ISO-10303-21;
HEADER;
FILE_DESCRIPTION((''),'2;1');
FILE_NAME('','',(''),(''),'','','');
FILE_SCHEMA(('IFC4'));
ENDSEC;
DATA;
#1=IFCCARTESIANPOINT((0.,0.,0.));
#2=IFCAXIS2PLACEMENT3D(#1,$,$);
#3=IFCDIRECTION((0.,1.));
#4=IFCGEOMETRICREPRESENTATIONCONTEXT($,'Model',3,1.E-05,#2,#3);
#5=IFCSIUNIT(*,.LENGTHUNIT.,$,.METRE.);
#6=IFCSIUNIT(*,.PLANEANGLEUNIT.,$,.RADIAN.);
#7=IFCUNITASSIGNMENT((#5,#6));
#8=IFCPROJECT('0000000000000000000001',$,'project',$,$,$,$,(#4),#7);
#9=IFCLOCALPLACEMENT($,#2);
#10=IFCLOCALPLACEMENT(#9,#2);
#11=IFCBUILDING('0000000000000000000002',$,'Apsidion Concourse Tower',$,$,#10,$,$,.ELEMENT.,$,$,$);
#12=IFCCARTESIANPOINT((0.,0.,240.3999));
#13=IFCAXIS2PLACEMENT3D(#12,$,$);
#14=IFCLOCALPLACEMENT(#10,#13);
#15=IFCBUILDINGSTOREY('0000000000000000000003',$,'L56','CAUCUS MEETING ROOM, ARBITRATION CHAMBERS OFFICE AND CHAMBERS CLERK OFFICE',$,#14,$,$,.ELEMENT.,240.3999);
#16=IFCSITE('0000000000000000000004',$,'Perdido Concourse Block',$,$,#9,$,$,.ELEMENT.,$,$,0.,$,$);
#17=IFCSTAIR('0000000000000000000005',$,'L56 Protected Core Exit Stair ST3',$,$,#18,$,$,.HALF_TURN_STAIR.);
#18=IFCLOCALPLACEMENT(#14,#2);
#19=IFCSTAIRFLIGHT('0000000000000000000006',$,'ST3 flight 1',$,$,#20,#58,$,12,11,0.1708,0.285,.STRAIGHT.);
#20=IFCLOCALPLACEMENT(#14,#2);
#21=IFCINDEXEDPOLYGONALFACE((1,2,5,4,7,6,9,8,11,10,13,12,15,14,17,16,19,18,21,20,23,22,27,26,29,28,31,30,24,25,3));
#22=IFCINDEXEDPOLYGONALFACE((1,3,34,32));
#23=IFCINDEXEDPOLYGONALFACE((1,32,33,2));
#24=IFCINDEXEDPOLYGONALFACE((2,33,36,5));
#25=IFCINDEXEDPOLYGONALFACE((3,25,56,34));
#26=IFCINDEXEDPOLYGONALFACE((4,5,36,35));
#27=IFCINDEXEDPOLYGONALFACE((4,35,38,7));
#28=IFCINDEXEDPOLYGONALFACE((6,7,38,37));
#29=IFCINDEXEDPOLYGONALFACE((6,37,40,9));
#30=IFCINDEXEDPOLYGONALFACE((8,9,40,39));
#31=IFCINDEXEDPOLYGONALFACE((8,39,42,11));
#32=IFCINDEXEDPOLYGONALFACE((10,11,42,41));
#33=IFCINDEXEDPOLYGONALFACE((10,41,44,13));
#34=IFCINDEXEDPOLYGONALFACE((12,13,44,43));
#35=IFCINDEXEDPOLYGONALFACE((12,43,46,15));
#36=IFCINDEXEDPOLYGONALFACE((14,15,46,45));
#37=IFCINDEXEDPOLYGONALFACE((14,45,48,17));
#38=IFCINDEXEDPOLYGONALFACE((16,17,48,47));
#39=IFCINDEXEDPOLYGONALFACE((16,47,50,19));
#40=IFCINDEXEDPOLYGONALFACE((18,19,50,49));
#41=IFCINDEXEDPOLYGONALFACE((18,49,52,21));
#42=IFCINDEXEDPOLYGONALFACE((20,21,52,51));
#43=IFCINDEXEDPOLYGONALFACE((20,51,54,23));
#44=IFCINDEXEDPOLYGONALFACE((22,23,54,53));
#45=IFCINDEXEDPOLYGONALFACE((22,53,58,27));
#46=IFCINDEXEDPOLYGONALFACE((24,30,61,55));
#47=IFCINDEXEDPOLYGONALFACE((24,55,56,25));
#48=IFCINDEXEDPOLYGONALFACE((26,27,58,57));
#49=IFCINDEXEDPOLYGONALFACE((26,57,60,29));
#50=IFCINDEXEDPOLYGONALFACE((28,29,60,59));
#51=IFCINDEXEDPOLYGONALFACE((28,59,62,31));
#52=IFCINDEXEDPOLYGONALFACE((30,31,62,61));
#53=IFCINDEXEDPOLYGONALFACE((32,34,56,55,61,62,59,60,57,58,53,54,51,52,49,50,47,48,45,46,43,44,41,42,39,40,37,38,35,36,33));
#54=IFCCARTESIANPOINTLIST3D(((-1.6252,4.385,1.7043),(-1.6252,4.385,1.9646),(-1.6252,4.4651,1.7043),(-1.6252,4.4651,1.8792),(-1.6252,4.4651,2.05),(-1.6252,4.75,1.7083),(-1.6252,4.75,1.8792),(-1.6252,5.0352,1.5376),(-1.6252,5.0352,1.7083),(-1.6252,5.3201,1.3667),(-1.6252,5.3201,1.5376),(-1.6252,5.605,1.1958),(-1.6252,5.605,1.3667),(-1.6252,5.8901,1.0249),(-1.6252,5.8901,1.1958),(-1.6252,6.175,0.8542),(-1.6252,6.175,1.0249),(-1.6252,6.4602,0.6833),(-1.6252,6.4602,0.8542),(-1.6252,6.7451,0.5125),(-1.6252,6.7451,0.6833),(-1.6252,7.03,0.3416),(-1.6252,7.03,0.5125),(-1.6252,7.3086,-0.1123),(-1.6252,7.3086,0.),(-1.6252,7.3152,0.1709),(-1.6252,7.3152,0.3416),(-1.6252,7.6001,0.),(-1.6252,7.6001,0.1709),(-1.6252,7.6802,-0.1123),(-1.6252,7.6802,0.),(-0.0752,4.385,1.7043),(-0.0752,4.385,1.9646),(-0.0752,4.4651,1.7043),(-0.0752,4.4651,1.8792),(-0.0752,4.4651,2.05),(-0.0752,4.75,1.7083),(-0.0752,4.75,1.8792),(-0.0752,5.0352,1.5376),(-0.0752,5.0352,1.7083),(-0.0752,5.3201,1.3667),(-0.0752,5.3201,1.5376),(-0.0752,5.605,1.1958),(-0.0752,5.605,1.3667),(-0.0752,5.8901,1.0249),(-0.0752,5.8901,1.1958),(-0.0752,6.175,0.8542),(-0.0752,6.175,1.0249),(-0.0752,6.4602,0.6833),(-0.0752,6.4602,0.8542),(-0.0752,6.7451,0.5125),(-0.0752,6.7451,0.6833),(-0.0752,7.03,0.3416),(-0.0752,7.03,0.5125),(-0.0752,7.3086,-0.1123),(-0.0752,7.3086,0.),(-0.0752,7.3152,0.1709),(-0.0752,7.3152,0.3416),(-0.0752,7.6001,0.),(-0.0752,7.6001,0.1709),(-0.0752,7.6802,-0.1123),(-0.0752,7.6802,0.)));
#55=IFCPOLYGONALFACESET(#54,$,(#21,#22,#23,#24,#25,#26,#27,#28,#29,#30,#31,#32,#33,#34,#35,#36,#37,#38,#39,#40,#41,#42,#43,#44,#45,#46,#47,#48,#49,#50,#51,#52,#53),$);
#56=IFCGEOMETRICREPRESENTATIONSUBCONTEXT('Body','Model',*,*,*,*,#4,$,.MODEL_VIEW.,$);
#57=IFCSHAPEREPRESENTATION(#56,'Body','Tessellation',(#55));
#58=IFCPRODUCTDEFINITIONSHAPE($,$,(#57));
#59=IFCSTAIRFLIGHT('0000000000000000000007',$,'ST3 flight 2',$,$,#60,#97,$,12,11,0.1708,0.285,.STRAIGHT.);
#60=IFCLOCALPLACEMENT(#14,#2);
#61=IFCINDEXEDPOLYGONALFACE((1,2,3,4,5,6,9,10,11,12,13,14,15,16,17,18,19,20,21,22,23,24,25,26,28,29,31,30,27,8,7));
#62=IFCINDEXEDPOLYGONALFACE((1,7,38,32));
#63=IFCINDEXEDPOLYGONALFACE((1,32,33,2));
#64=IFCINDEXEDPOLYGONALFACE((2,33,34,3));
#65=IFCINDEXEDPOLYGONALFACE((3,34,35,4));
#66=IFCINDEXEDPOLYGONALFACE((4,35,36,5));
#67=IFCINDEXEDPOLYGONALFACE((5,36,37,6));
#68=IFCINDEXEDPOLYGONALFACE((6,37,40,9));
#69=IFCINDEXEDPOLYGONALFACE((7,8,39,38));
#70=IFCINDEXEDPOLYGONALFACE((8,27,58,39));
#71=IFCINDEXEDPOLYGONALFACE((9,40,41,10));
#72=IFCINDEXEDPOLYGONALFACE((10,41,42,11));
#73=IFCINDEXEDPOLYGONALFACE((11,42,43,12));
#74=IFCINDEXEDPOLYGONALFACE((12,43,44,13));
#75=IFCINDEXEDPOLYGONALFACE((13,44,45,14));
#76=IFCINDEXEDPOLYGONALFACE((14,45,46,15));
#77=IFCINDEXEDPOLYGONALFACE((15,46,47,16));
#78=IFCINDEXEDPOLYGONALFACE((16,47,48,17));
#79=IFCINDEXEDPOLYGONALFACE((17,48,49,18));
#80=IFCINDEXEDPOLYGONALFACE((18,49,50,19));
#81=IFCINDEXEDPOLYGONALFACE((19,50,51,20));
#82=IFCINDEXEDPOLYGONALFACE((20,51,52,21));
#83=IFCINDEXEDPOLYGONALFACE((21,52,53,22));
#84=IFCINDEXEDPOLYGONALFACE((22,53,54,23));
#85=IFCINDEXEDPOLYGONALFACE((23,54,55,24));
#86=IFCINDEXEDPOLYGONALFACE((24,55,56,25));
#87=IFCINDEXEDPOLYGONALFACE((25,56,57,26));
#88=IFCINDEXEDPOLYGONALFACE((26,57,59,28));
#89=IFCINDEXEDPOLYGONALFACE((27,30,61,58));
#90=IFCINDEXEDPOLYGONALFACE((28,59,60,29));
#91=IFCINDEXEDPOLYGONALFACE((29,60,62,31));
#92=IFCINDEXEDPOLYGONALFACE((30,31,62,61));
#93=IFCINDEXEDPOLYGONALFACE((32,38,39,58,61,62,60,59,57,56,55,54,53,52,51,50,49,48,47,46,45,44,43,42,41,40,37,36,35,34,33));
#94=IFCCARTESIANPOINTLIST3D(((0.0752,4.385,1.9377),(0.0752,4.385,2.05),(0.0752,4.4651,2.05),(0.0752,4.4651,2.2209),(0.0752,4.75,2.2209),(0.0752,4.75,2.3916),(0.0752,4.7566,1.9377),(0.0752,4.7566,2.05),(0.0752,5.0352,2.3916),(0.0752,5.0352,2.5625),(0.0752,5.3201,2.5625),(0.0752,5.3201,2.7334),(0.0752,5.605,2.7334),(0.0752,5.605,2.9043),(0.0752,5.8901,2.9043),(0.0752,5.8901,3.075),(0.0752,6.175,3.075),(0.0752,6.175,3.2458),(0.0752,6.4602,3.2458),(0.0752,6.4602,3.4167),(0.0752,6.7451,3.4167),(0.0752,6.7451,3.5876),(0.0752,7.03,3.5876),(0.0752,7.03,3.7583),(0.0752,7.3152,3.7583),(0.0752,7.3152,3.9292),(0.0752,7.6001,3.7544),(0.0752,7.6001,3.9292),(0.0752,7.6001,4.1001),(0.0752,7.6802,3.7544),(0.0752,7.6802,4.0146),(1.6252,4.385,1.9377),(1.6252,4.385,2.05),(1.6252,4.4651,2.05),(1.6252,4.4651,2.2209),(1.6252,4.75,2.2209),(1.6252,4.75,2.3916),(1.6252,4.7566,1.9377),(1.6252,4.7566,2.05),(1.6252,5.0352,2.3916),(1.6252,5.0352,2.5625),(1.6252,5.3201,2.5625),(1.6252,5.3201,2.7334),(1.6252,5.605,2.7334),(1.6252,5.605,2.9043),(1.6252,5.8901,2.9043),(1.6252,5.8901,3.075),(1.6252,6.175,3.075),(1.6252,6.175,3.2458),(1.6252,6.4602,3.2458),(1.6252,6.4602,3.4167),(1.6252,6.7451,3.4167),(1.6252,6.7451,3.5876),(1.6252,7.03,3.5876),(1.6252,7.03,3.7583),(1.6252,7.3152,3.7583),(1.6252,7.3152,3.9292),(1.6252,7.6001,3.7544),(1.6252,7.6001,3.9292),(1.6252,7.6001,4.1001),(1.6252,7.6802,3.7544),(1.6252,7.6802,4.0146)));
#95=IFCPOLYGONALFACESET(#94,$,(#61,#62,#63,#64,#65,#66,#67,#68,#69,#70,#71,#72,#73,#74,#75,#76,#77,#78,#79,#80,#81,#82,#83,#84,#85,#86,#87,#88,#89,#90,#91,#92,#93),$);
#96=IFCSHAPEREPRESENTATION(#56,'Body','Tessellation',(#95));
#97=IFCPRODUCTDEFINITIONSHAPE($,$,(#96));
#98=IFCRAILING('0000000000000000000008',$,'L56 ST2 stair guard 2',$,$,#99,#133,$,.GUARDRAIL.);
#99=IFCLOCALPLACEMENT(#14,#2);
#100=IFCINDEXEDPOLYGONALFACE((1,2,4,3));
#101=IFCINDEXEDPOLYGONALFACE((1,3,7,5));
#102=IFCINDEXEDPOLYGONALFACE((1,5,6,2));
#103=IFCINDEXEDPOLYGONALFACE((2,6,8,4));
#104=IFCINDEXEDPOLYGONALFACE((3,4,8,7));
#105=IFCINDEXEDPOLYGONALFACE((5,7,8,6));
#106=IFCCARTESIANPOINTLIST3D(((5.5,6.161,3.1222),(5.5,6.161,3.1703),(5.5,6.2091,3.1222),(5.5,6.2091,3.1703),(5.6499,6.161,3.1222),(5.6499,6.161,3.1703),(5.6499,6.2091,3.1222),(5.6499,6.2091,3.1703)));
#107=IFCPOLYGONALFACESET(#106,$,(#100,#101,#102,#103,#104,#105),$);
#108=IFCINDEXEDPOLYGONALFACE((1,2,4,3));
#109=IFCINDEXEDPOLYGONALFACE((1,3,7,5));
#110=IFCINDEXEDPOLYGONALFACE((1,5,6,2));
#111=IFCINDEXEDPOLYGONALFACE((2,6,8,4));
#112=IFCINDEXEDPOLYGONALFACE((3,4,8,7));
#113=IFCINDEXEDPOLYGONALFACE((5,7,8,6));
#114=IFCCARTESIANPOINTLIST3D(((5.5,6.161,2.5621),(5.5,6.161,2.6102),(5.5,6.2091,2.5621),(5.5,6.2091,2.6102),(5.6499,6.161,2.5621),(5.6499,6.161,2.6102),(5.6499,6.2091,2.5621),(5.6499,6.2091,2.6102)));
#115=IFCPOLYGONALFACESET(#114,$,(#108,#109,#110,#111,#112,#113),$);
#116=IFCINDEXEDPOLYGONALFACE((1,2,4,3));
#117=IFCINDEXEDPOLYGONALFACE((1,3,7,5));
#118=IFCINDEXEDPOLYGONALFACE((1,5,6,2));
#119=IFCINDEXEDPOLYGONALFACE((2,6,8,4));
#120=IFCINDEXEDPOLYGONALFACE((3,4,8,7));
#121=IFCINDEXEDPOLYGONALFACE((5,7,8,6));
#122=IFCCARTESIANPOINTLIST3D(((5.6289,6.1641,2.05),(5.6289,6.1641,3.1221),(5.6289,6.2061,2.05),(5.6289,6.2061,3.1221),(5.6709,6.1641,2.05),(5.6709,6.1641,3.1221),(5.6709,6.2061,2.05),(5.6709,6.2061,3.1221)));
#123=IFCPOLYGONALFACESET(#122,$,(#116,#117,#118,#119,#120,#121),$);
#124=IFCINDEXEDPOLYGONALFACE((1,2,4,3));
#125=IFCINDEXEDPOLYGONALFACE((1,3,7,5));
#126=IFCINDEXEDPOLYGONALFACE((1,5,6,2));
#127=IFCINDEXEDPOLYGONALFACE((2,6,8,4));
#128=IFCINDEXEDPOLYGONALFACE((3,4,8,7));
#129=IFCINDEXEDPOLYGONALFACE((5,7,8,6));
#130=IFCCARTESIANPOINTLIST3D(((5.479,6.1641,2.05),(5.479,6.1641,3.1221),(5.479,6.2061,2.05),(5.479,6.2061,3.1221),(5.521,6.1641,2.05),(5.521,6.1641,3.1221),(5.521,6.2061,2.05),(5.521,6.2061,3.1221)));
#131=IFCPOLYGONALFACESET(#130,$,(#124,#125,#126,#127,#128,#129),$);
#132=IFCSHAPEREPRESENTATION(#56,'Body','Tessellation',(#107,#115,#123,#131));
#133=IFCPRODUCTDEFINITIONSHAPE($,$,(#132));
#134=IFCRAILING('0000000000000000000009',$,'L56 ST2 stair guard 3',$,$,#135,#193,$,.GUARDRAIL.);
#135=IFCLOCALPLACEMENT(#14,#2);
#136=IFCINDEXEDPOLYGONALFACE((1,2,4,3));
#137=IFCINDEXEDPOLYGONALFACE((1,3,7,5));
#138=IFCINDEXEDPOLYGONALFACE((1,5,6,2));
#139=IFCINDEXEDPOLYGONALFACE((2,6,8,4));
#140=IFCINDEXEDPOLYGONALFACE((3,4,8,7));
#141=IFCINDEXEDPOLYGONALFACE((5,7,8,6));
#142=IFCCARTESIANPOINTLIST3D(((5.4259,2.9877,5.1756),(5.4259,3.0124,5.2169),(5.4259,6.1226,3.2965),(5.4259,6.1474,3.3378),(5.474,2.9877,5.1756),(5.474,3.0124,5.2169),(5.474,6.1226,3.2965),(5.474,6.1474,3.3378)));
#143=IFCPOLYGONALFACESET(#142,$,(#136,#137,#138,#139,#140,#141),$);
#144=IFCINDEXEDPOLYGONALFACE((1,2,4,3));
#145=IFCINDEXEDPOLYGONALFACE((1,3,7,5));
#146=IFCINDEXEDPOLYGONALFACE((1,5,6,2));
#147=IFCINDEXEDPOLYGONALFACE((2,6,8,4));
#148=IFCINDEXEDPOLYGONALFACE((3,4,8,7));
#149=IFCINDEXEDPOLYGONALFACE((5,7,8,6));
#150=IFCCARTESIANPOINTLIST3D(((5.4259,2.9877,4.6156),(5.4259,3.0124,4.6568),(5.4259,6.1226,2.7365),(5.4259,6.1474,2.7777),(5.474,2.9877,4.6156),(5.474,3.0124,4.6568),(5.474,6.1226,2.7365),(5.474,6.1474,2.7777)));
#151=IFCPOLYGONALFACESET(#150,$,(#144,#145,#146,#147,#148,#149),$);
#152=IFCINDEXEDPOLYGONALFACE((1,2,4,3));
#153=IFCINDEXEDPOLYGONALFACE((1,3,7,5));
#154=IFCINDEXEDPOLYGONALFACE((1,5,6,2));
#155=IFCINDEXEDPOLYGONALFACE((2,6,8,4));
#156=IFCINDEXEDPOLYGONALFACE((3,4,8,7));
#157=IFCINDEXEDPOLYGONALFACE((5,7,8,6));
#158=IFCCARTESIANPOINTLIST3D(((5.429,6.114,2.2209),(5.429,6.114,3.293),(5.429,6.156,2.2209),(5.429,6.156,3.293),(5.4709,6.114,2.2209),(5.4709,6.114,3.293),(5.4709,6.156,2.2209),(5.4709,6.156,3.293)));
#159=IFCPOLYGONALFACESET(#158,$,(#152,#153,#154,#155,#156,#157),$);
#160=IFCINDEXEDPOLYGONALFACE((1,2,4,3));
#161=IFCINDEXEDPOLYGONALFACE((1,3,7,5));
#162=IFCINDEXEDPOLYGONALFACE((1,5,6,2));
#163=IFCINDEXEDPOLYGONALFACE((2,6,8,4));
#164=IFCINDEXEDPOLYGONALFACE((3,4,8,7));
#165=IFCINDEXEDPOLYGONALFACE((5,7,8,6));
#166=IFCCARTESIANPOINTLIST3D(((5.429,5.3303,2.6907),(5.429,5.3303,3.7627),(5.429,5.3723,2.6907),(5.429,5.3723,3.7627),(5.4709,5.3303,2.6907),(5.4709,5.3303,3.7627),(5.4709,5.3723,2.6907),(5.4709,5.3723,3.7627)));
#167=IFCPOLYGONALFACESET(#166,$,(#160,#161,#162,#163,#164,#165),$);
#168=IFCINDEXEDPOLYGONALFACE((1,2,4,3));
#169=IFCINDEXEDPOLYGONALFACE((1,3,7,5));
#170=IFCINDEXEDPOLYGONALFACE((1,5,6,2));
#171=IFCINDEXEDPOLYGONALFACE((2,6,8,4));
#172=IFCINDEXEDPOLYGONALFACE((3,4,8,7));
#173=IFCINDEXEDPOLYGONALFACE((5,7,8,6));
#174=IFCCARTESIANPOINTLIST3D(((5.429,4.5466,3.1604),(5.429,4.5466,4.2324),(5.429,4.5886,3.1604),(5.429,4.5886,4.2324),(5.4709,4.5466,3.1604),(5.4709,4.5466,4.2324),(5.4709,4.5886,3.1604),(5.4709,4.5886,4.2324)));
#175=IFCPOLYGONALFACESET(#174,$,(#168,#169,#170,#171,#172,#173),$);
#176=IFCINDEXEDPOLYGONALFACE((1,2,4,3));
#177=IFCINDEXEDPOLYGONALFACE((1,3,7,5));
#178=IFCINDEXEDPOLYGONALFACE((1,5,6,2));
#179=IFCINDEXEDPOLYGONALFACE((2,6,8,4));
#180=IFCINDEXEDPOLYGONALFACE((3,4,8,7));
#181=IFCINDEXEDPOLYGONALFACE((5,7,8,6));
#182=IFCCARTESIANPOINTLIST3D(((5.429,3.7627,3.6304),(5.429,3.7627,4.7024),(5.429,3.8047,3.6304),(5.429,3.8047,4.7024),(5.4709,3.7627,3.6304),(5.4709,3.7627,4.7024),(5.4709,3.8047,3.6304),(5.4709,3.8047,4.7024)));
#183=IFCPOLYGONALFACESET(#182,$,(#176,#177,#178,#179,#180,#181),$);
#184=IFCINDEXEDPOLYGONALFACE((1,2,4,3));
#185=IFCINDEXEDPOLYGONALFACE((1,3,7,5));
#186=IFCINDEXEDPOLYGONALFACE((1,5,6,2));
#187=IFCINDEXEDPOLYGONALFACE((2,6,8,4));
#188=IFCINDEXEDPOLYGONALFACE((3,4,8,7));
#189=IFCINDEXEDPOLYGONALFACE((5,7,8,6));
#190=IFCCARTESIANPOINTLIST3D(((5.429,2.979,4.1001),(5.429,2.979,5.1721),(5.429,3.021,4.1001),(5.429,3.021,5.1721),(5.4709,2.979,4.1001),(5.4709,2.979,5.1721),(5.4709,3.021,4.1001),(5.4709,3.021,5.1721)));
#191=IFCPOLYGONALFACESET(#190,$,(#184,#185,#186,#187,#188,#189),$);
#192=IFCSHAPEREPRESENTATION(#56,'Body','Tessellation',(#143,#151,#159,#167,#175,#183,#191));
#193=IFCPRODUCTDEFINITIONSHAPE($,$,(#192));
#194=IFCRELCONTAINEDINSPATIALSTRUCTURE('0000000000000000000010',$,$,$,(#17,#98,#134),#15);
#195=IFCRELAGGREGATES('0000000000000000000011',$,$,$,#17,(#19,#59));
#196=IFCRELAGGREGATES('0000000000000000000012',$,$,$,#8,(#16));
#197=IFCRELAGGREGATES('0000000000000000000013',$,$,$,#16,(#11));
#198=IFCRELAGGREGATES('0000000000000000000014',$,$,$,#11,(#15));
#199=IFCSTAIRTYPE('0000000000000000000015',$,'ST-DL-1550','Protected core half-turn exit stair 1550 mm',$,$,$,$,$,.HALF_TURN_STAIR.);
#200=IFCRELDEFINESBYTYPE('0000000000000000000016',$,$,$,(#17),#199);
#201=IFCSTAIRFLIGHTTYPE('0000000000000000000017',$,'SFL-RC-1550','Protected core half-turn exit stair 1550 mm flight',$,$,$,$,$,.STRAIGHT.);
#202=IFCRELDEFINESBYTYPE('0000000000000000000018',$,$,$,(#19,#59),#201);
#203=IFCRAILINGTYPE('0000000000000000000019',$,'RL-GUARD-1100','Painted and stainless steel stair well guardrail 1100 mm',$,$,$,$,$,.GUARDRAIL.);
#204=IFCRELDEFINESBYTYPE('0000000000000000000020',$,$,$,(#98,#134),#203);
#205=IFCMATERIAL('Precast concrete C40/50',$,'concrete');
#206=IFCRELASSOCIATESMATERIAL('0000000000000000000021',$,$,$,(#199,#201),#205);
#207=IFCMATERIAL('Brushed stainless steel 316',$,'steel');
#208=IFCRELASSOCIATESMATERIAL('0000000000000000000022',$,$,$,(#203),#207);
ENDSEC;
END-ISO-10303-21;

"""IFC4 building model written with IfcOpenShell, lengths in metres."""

from ifc_helpers import new_model, si_unit, direction, frame, origin, origin_2d, place, context, subcontext, project, spatial, polyline, rectangle, outline, extrude, material, type_object, element, aggregate, save


model = new_model("IFC4")

# Units and contexts
model_context = context("Model", 3, precision=1e-05, world=origin(), true_north=direction((0.0, 1.0)))
body_context = subcontext(model_context, "Body", "Model", "MODEL_VIEW")
ifc_project = project(units=[si_unit("LENGTHUNIT", "METRE"), si_unit("PLANEANGLEUNIT", "RADIAN")], contexts=[model_context])

# Site, building, storey
site_placement = place(None, origin())
site = spatial("IfcSite", under=ifc_project, at=site_placement, Name="Perdido Concourse Block", CompositionType="ELEMENT", RefElevation=0.0)
building_placement = place(site_placement, origin())
building = spatial("IfcBuilding", under=site, at=building_placement, Name="Apsidion Concourse Tower", CompositionType="ELEMENT")
storey_placement = place(building_placement, frame((0.0, 0.0, 240.3999)))
storey = spatial("IfcBuildingStorey", under=building, at=storey_placement, Name="L56", Description="CAUCUS MEETING ROOM, ARBITRATION CHAMBERS OFFICE AND CHAMBERS CLERK OFFICE", CompositionType="ELEMENT", Elevation=240.3999)

# Shared definitions
ifc_material_1 = material(Name="Precast concrete C40/50", Category="concrete")
stair_type = type_object("IfcStairType", Name="ST-DL-1550", Description="Protected core half-turn exit stair 1550 mm", PredefinedType="HALF_TURN_STAIR", material=ifc_material_1)
stair_flight_type = type_object("IfcStairFlightType", Name="SFL-RC-1550", Description="Protected core half-turn exit stair 1550 mm flight", PredefinedType="STRAIGHT", material=ifc_material_1)

# Stair, stair flights
stair_1_placement = place(storey_placement, origin())
stair_1 = element("IfcStair", 1, at=stair_1_placement, inside=storey, type_object=stair_type, Name="L56 Protected Core Exit Stair ST3", PredefinedType="HALF_TURN_STAIR")
stair_flight_1_placement = place(storey_placement, frame((-0.8501, 7.6001, 0.0), z_axis=(0.0, 0.0, 1.0), x_axis=(0.0, -1.0, 0.0)))
stair_flight_1 = element("IfcStairFlight", 2, at=stair_flight_1_placement, type_object=stair_flight_type, Name="ST3 flight 1", NumberOfRisers=12, NumberOfTreads=11, PredefinedType="STRAIGHT", RiserHeight=0.1708, TreadLength=0.285, context=body_context, shape_type="SweptSolid", body=[
    extrude(outline(polyline([(-0.0801, -0.1123), (-0.0801, 0.0), (0.0, 0.0), (0.0, 0.1709), (0.2849, 0.1709), (0.2849, 0.3416), (0.5701, 0.3416), (0.5701, 0.5125), (0.855, 0.5125), (0.855, 0.6833), (1.1399, 0.6833), (1.1399, 0.8542), (1.425, 0.8542), (1.425, 1.0249), (1.71, 1.0249), (1.71, 1.1958), (1.9951, 1.1958), (1.9951, 1.3667), (2.28, 1.3667), (2.28, 1.5376), (2.5649, 1.5376), (2.5649, 1.7083), (2.8501, 1.7083), (2.8501, 1.8792), (3.135, 1.8792), (3.135, 2.05), (3.2151, 1.9646), (3.2151, 1.7043), (3.135, 1.7043), (0.2915, 0.0), (0.2915, -0.1123), (-0.0801, -0.1123)])), frame((0.0, 0.7749, 0.0), z_axis=(0.0, -1.0, 0.0), x_axis=(1.0, 0.0, 0.0)), (0.0, 0.0, 1.0), 1.55),
])
stair_flight_2_placement = place(storey_placement, frame((0.8501, 4.4651, 2.05), z_axis=(0.0, 0.0, 1.0), x_axis=(0.0, 1.0, 0.0)))
stair_flight_2 = element("IfcStairFlight", 3, at=stair_flight_2_placement, type_object=stair_flight_type, Name="ST3 flight 2", NumberOfRisers=12, NumberOfTreads=11, PredefinedType="STRAIGHT", RiserHeight=0.1708, TreadLength=0.285, context=body_context, shape_type="SweptSolid", body=[
    extrude(outline(polyline([(-0.0801, -0.1123), (-0.0801, 0.0), (0.0, 0.0), (0.0, 0.1709), (0.2849, 0.1709), (0.2849, 0.3416), (0.5701, 0.3416), (0.5701, 0.5125), (0.855, 0.5125), (0.855, 0.6833), (1.1399, 0.6833), (1.1399, 0.8542), (1.425, 0.8542), (1.425, 1.0249), (1.71, 1.0249), (1.71, 1.1958), (1.9951, 1.1958), (1.9951, 1.3667), (2.28, 1.3667), (2.28, 1.5376), (2.5649, 1.5376), (2.5649, 1.7083), (2.8501, 1.7083), (2.8501, 1.8792), (3.135, 1.8792), (3.135, 2.05), (3.2151, 1.9646), (3.2151, 1.7043), (3.135, 1.7043), (0.2915, 0.0), (0.2915, -0.1123), (-0.0801, -0.1123)])), frame((0.0, 0.7749, 0.0), z_axis=(0.0, -1.0, 0.0), x_axis=(1.0, 0.0, 0.0)), (0.0, 0.0, 1.0), 1.55),
])
aggregate(stair_1, [stair_flight_1, stair_flight_2])

# Railings
ifc_material_2 = material(Name="Brushed stainless steel 316", Category="steel")
railing_type_1 = type_object("IfcRailingType", Name="RL-GUARD-1100", Description="Painted and stainless steel stair well guardrail 1100 mm", PredefinedType="GUARDRAIL", material=ifc_material_2)
railing_1_placement = place(storey_placement, frame((5.6499, 6.1851, 2.05)))
element("IfcRailing", 4, at=railing_1_placement, inside=storey, type_object=railing_type_1, Name="L56 ST2 stair guard 2", PredefinedType="GUARDRAIL", context=body_context, shape_type="SweptSolid", body=[
    extrude(rectangle(XDim=0.0481, YDim=0.0481, at=origin_2d()), frame((0.0, 0.0, 1.0962), z_axis=(-1.0, 0.0, 0.0), x_axis=(0.0, -1.0, 0.0)), (0.0, 0.0, 1.0), 0.1499),
    extrude(rectangle(XDim=0.0481, YDim=0.0481, at=origin_2d()), frame((0.0, 0.0, 0.5361), z_axis=(-1.0, 0.0, 0.0), x_axis=(0.0, -1.0, 0.0)), (0.0, 0.0, 1.0), 0.1499),
    extrude(rectangle(XDim=0.042, YDim=0.042, at=origin_2d()), origin(), (0.0, 0.0, 1.0), 1.072),
    extrude(rectangle(XDim=0.042, YDim=0.042, at=origin_2d()), frame((-0.1499, 0.0, 0.0)), (0.0, 0.0, 1.0), 1.072),
])
railing_2_placement = place(storey_placement, frame((5.45, 6.135, 2.2209)))
element("IfcRailing", 5, at=railing_2_placement, inside=storey, type_object=railing_type_1, Name="L56 ST2 stair guard 3", PredefinedType="GUARDRAIL", context=body_context, shape_type="SweptSolid", body=[
    extrude(rectangle(XDim=0.0481, YDim=0.0481, at=origin_2d()), frame((0.0, 0.0, 1.0962), z_axis=(0.0, -0.857717, 0.514122), x_axis=(1.0, 0.0, 0.0)), (0.0, 0.0, 1.0), 3.655),
    extrude(rectangle(XDim=0.0481, YDim=0.0481, at=origin_2d()), frame((0.0, 0.0, 0.5361), z_axis=(0.0, -0.857717, 0.514122), x_axis=(1.0, 0.0, 0.0)), (0.0, 0.0, 1.0), 3.655),
    extrude(rectangle(XDim=0.042, YDim=0.042, at=origin_2d()), origin(), (0.0, 0.0, 1.0), 1.072),
    extrude(rectangle(XDim=0.042, YDim=0.042, at=origin_2d()), frame((0.0, -0.7837, 0.4697)), (0.0, 0.0, 1.0), 1.072),
    extrude(rectangle(XDim=0.042, YDim=0.042, at=origin_2d()), frame((0.0, -1.5674, 0.9395)), (0.0, 0.0, 1.0), 1.072),
    extrude(rectangle(XDim=0.042, YDim=0.042, at=origin_2d()), frame((0.0, -2.3513, 1.4094)), (0.0, 0.0, 1.0), 1.072),
    extrude(rectangle(XDim=0.042, YDim=0.042, at=origin_2d()), frame((0.0, -3.135, 1.8792)), (0.0, 0.0, 1.0), 1.072),
])

save(model, "model.ifc")
